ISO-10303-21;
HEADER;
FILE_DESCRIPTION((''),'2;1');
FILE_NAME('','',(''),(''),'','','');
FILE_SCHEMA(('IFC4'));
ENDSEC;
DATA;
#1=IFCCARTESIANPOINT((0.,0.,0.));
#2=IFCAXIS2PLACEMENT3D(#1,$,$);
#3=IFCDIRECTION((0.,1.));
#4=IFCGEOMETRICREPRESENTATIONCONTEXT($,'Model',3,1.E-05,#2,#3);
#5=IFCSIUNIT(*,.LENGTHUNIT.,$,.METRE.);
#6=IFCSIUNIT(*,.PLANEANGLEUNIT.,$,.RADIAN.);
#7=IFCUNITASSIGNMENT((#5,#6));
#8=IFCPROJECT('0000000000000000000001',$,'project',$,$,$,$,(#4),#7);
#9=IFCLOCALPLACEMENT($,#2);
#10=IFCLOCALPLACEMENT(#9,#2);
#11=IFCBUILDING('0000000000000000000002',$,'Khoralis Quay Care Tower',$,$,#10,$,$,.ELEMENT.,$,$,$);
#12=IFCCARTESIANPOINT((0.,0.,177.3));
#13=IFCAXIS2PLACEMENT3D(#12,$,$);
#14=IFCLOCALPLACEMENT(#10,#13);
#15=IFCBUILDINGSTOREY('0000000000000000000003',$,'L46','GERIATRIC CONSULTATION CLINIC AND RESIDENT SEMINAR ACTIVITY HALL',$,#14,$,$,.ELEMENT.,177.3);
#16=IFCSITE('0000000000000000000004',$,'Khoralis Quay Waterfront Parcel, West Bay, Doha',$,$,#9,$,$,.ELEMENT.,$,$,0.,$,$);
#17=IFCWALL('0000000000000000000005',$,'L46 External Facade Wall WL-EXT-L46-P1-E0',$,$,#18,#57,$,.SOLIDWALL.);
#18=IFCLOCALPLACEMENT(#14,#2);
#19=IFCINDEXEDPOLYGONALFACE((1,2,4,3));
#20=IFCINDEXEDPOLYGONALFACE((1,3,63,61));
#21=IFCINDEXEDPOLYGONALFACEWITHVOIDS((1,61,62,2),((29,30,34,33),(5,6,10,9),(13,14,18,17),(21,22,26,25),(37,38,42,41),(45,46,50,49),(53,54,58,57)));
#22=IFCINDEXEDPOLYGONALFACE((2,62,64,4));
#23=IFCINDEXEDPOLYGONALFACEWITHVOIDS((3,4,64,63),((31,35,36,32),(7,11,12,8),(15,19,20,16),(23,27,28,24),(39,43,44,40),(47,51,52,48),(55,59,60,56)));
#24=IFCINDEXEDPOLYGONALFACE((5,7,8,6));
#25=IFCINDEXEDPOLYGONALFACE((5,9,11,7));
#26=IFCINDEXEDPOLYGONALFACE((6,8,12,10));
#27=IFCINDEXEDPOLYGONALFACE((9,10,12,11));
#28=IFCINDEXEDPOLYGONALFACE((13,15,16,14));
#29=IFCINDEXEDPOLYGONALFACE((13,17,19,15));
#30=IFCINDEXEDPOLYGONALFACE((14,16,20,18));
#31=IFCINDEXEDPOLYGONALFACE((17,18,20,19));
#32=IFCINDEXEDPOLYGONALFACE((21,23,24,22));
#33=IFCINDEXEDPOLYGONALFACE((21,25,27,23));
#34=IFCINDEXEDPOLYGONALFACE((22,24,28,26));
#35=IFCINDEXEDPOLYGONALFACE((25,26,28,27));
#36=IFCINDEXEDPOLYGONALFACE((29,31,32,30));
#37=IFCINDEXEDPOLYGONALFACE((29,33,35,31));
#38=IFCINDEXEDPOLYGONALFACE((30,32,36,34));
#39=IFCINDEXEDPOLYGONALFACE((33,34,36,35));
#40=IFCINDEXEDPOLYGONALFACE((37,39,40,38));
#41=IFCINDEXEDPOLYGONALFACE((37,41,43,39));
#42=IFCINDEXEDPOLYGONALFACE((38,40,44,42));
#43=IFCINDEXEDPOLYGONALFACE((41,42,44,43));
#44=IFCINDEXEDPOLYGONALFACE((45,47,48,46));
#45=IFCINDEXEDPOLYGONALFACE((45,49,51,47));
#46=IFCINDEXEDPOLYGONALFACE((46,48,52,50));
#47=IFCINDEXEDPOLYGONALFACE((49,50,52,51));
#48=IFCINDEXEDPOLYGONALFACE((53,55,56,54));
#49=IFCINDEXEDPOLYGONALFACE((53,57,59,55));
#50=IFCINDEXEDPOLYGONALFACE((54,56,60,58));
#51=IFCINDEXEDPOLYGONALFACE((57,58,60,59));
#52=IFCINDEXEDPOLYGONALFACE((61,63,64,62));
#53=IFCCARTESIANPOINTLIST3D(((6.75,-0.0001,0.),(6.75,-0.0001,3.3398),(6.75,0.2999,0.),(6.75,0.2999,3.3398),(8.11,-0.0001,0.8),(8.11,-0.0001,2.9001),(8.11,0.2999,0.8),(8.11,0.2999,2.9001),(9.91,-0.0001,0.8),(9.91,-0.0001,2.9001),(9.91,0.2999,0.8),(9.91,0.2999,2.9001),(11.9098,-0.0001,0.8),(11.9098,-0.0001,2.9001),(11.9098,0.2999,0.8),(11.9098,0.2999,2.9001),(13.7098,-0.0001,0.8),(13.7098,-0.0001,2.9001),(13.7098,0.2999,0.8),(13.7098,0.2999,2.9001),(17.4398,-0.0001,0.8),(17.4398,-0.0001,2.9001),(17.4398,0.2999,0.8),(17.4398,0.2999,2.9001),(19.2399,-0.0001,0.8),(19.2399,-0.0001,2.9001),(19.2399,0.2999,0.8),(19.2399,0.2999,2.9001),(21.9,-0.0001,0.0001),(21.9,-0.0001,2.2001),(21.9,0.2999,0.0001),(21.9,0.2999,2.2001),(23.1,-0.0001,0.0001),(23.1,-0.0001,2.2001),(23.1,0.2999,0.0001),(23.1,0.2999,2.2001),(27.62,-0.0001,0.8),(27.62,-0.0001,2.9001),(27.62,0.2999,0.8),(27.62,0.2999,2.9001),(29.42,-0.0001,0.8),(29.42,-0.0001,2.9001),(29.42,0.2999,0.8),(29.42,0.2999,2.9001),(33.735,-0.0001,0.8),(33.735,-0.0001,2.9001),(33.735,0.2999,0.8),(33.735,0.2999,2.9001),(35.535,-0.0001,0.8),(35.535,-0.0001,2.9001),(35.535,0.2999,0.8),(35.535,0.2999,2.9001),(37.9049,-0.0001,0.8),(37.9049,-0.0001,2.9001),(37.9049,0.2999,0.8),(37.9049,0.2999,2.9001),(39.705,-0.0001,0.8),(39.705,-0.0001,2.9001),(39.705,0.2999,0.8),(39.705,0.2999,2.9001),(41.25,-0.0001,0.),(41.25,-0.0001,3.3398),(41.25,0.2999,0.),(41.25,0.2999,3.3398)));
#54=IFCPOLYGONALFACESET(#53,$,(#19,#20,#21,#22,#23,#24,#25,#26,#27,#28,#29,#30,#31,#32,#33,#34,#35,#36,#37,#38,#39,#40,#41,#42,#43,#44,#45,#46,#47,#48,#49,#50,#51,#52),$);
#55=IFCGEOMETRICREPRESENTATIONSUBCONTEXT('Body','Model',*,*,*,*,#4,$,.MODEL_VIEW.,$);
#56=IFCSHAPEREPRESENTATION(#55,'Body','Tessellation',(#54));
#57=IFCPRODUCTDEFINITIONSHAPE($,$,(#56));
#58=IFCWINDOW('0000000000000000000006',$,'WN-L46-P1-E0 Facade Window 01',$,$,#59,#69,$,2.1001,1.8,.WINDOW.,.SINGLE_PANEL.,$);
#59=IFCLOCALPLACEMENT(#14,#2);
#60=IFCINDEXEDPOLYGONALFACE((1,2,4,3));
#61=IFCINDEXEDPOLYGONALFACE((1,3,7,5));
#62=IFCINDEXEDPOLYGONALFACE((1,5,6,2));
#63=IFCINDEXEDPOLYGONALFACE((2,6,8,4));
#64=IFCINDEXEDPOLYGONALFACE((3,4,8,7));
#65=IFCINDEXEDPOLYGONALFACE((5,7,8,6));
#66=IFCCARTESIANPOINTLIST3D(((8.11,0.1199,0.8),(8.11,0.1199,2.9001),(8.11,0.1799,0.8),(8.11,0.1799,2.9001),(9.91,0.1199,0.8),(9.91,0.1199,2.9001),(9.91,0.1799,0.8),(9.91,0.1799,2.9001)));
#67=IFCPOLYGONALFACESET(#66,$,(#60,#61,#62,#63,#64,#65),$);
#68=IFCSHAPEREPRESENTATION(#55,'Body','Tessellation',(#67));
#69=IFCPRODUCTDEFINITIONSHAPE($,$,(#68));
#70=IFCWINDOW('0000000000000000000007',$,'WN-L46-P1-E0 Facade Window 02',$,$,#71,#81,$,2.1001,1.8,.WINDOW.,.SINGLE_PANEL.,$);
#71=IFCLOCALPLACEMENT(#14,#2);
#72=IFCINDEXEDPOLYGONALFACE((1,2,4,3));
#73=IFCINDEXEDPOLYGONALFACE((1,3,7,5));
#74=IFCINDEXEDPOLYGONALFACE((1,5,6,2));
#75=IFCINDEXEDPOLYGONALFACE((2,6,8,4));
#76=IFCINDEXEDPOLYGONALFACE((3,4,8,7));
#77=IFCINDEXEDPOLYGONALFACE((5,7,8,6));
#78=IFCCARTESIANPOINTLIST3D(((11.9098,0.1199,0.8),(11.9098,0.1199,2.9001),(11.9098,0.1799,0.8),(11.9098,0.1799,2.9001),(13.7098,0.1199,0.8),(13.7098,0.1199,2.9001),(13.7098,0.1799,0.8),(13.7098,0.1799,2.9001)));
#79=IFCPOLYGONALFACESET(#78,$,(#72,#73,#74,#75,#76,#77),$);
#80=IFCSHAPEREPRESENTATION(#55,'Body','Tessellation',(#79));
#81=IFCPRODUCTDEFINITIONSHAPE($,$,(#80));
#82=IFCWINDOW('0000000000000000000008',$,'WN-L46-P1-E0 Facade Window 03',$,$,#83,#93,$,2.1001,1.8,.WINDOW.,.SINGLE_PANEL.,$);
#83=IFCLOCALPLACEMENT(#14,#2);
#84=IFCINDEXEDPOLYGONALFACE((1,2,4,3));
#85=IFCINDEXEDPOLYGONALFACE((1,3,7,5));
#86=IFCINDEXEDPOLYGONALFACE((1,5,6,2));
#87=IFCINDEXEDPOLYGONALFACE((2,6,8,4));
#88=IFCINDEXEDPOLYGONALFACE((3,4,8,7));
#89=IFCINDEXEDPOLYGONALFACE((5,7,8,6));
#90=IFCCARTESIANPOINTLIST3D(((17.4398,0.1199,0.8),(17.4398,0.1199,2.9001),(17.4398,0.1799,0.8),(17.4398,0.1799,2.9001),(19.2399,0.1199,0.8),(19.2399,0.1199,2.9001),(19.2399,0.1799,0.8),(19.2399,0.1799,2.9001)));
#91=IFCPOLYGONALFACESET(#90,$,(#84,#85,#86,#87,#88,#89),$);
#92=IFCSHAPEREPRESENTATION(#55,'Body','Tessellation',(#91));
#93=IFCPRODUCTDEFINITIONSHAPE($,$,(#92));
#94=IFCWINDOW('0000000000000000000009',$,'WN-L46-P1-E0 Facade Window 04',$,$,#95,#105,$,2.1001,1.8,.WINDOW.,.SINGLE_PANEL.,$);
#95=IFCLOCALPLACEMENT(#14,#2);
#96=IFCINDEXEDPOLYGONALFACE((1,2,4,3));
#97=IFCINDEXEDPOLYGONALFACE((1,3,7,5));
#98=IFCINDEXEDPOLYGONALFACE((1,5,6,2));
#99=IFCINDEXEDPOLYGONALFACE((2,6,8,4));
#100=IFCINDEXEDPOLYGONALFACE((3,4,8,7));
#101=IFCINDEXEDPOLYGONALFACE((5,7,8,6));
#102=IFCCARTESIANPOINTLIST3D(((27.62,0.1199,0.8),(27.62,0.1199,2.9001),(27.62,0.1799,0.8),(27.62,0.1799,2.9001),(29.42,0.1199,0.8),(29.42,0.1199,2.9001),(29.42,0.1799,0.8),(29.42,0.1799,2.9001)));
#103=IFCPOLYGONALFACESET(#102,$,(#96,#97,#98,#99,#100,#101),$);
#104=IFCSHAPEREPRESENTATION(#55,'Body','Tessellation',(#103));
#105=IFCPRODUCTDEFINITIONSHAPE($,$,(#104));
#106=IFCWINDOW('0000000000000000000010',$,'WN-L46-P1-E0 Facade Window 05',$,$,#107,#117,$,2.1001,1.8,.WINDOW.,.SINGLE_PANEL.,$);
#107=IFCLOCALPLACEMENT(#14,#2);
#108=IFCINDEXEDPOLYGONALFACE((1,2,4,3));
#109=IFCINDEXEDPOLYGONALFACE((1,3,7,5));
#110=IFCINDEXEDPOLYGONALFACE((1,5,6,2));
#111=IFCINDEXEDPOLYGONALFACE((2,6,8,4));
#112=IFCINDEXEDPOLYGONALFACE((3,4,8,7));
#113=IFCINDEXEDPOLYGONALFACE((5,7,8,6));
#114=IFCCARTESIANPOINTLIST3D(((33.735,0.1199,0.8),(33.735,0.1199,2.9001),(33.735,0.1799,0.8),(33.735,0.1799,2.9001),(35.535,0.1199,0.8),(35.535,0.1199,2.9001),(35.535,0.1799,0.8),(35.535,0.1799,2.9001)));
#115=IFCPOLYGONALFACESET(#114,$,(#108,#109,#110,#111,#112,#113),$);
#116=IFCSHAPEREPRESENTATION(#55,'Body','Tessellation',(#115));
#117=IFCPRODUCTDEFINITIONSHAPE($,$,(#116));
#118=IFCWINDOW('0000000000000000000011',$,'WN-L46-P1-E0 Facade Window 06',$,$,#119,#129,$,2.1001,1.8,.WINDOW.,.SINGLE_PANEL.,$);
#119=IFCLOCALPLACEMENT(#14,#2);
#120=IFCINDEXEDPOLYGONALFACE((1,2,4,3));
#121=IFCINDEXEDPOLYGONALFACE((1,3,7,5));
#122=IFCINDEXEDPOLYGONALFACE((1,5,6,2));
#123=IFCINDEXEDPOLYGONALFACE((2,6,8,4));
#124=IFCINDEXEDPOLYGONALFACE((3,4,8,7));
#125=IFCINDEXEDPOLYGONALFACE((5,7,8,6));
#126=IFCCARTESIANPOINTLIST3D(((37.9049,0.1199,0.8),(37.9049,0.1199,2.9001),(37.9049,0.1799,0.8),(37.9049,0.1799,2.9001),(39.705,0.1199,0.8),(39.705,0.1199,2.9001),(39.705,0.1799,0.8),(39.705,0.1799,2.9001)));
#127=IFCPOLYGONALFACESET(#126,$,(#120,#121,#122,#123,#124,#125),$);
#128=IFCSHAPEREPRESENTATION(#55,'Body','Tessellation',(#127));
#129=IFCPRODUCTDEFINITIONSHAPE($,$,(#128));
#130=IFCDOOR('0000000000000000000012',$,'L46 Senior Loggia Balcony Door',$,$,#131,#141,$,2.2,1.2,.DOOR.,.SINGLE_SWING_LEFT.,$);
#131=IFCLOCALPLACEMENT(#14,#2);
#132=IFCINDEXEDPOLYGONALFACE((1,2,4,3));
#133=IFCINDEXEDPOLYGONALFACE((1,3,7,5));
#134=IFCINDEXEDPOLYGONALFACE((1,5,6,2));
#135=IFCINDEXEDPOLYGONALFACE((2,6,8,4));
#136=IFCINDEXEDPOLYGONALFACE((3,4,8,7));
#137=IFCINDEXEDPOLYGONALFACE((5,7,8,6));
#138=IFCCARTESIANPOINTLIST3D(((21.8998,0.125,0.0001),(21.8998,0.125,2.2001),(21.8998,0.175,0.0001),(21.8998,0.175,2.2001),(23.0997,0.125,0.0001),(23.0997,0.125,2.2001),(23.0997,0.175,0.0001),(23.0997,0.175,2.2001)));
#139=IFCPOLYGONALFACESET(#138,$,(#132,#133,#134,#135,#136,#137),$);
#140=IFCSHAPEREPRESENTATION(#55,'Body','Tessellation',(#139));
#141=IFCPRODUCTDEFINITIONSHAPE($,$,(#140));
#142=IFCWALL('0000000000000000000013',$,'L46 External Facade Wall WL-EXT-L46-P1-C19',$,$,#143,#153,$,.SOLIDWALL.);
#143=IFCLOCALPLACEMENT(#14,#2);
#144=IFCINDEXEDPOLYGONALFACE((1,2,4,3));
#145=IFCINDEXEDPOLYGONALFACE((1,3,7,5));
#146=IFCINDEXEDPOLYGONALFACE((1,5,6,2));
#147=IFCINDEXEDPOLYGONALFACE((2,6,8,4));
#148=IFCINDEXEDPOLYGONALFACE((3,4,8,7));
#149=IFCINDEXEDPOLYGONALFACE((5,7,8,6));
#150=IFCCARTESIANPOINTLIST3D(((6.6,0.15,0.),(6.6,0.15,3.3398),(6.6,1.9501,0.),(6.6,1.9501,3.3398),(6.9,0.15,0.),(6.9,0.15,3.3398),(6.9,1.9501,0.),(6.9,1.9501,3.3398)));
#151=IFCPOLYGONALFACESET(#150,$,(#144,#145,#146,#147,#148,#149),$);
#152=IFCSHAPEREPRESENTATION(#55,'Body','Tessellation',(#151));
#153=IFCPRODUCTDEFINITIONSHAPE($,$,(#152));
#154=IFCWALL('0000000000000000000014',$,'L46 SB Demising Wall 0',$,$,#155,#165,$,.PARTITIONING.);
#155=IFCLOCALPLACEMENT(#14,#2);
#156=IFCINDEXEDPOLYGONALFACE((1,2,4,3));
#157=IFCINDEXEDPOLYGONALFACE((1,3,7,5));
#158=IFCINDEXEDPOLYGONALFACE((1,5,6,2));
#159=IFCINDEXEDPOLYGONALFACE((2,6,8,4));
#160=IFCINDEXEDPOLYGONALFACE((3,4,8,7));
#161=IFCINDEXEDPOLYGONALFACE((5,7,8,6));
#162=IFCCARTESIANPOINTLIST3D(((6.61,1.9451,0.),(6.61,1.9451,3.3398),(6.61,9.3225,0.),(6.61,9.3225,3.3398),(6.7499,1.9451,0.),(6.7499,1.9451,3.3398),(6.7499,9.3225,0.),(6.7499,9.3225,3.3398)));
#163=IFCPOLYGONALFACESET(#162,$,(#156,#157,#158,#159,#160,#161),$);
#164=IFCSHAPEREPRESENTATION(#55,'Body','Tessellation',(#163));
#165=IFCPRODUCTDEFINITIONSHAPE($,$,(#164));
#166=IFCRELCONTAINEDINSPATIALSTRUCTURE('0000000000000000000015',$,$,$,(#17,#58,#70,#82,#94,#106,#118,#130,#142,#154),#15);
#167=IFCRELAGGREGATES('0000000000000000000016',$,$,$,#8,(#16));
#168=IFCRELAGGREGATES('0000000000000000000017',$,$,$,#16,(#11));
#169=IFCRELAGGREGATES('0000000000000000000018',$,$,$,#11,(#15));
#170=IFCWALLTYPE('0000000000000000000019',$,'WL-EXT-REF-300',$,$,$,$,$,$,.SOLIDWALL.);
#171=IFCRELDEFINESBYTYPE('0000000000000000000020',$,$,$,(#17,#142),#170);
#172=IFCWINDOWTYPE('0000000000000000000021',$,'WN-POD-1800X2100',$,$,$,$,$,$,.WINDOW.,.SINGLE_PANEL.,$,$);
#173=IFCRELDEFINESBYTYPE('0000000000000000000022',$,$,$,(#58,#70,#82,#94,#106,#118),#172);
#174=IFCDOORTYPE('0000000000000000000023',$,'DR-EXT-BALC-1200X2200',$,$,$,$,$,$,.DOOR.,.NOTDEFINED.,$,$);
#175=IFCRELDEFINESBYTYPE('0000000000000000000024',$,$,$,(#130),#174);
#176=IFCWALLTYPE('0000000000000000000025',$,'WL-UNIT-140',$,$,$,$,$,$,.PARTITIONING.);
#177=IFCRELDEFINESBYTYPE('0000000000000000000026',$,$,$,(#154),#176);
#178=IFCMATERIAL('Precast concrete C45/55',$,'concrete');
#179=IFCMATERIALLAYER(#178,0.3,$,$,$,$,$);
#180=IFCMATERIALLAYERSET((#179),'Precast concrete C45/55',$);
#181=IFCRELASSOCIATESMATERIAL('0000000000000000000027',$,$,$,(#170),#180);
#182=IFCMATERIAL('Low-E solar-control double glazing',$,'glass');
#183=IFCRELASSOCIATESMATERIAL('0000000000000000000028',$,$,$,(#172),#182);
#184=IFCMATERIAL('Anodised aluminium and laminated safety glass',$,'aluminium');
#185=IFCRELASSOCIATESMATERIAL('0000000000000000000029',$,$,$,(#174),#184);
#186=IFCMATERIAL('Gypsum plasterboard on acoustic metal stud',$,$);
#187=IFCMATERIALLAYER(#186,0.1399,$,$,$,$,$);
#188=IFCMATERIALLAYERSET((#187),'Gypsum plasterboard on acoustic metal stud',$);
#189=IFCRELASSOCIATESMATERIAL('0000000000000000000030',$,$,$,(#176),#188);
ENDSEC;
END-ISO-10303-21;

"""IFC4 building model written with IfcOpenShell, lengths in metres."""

from ifc_helpers import new_model, si_unit, direction, frame, frame_2d, origin, place, context, subcontext, project, spatial, rectangle, extrude, source, transform, mapped, material, layer, layer_set, type_object, element, fill, save


model = new_model("IFC4")

# Units and contexts
model_context = context("Model", 3, precision=1e-05, world=origin(), true_north=direction((0.0, 1.0)))
body_context = subcontext(model_context, "Body", "Model", "MODEL_VIEW")
ifc_project = project(units=[si_unit("LENGTHUNIT", "METRE"), si_unit("PLANEANGLEUNIT", "RADIAN")], contexts=[model_context])

# Site, building, storey
site_placement = place(None, origin())
site = spatial("IfcSite", under=ifc_project, at=site_placement, Name="Khoralis Quay Waterfront Parcel, West Bay, Doha", CompositionType="ELEMENT", RefElevation=0.0)
building_placement = place(site_placement, origin())
building = spatial("IfcBuilding", under=site, at=building_placement, Name="Khoralis Quay Care Tower", CompositionType="ELEMENT")
storey_placement = place(building_placement, frame((0.0, 0.0, 177.3)))
storey = spatial("IfcBuildingStorey", under=building, at=storey_placement, Name="L46", Description="GERIATRIC CONSULTATION CLINIC AND RESIDENT SEMINAR ACTIVITY HALL", CompositionType="ELEMENT", Elevation=177.3)

# Shared definitions
ifc_material_1 = material(Name="Gypsum plasterboard on acoustic metal stud")

# Wall, openings, windows, door
ifc_material_2 = material(Name="Precast concrete C45/55", Category="concrete")
ifc_layer_1 = layer(ifc_material_2, 0.3)
ifc_layer_set_1 = layer_set([ifc_layer_1], Name="Precast concrete C45/55")
wall_type_1 = type_object("IfcWallType", Name="WL-EXT-REF-300", PredefinedType="SOLIDWALL", material=ifc_layer_set_1)
wall_1_placement = place(storey_placement, frame((6.75, 0.1499, 0.0), z_axis=(0.0, 0.0, 1.0), x_axis=(1.0, 0.0, 0.0)))
wall_1 = element("IfcWall", 1, at=wall_1_placement, inside=storey, type_object=wall_type_1, Name="L46 External Facade Wall WL-EXT-L46-P1-E0", PredefinedType="SOLIDWALL", context=body_context, shape_type="SweptSolid", body=[
    extrude(rectangle(XDim=34.5, YDim=0.3, at=frame_2d((17.25, 0.0))), origin(), (0.0, 0.0, 1.0), 3.3398),
])
opening_1_placement = place(wall_1_placement, frame((1.3601, 0.0, 0.8)))
opening_1 = element("IfcOpeningElement", 2, at=opening_1_placement, cuts=wall_1, PredefinedType="OPENING", context=body_context, shape_type="SweptSolid", body=[
    extrude(rectangle(XDim=1.8, YDim=2.1001, at=frame_2d((0.8999, 1.05))), frame((0.0, 0.1602, 0.0), z_axis=(0.0, -1.0, 0.0), x_axis=(1.0, 0.0, 0.0)), (0.0, 0.0, 1.0), 0.3201),
])
opening_2_placement = place(wall_1_placement, frame((5.1599, 0.0, 0.8)))
opening_2 = element("IfcOpeningElement", 3, at=opening_2_placement, cuts=wall_1, PredefinedType="OPENING", context=body_context, shape_type="SweptSolid", body=[
    extrude(rectangle(XDim=1.8, YDim=2.1001, at=frame_2d((0.8999, 1.05))), frame((0.0, 0.1602, 0.0), z_axis=(0.0, -1.0, 0.0), x_axis=(1.0, 0.0, 0.0)), (0.0, 0.0, 1.0), 0.3201),
])
opening_3_placement = place(wall_1_placement, frame((10.6899, 0.0, 0.8)))
opening_3 = element("IfcOpeningElement", 4, at=opening_3_placement, cuts=wall_1, PredefinedType="OPENING", context=body_context, shape_type="SweptSolid", body=[
    extrude(rectangle(XDim=1.8, YDim=2.1001, at=frame_2d((0.8999, 1.05))), frame((0.0, 0.1602, 0.0), z_axis=(0.0, -1.0, 0.0), x_axis=(1.0, 0.0, 0.0)), (0.0, 0.0, 1.0), 0.3201),
])
opening_4_placement = place(wall_1_placement, frame((20.8701, 0.0, 0.8)))
opening_4 = element("IfcOpeningElement", 5, at=opening_4_placement, cuts=wall_1, PredefinedType="OPENING", context=body_context, shape_type="SweptSolid", body=[
    extrude(rectangle(XDim=1.8, YDim=2.1001, at=frame_2d((0.8999, 1.05))), frame((0.0, 0.1602, 0.0), z_axis=(0.0, -1.0, 0.0), x_axis=(1.0, 0.0, 0.0)), (0.0, 0.0, 1.0), 0.3201),
])
opening_5_placement = place(wall_1_placement, frame((26.9851, 0.0, 0.8)))
opening_5 = element("IfcOpeningElement", 6, at=opening_5_placement, cuts=wall_1, PredefinedType="OPENING", context=body_context, shape_type="SweptSolid", body=[
    extrude(rectangle(XDim=1.8, YDim=2.1001, at=frame_2d((0.8999, 1.05))), frame((0.0, 0.1602, 0.0), z_axis=(0.0, -1.0, 0.0), x_axis=(1.0, 0.0, 0.0)), (0.0, 0.0, 1.0), 0.3201),
])
opening_6_placement = place(wall_1_placement, frame((31.155, 0.0, 0.8)))
opening_6 = element("IfcOpeningElement", 7, at=opening_6_placement, cuts=wall_1, PredefinedType="OPENING", context=body_context, shape_type="SweptSolid", body=[
    extrude(rectangle(XDim=1.8, YDim=2.1001, at=frame_2d((0.8999, 1.05))), frame((0.0, 0.1602, 0.0), z_axis=(0.0, -1.0, 0.0), x_axis=(1.0, 0.0, 0.0)), (0.0, 0.0, 1.0), 0.3201),
])
opening_7_placement = place(wall_1_placement, frame((15.1499, 0.0, 0.0)))
opening_7 = element("IfcOpeningElement", 8, at=opening_7_placement, cuts=wall_1, PredefinedType="OPENING", context=body_context, shape_type="SweptSolid", body=[
    extrude(rectangle(XDim=1.2, YDim=2.2, at=frame_2d((0.6001, 1.1001))), frame((0.0, 0.1602, 0.0), z_axis=(0.0, -1.0, 0.0), x_axis=(1.0, 0.0, 0.0)), (0.0, 0.0, 1.0), 0.3201),
])
ifc_material_3 = material(Name="Low-E solar-control double glazing", Category="glass")
window_type = type_object("IfcWindowType", Name="WN-POD-1800X2100", PartitioningType="SINGLE_PANEL", PredefinedType="WINDOW", material=ifc_material_3)
shared_shape_1 = source(origin(), body_context, "Body", "SweptSolid", [
    extrude(rectangle(XDim=1.8, YDim=2.1001, at=frame_2d((0.8999, 1.05))), frame((0.0, 0.03, 0.0), z_axis=(0.0, -1.0, 0.0), x_axis=(1.0, 0.0, 0.0)), (0.0, 0.0, 1.0), 0.0601),
])
window_1_placement = place(opening_1_placement, origin())
window_1 = element("IfcWindow", 9, at=window_1_placement, inside=storey, type_object=window_type, Name="WN-L46-P1-E0 Facade Window 01", OverallHeight=2.1001, OverallWidth=1.8, PartitioningType="SINGLE_PANEL", PredefinedType="WINDOW", context=body_context, shape_type="MappedRepresentation", body=[
    mapped(shared_shape_1, transform((0.0, 0.0, 0.0), scale=1.0)),
])
fill(opening_1, window_1)
window_2_placement = place(opening_2_placement, origin())
window_2 = element("IfcWindow", 10, at=window_2_placement, inside=storey, type_object=window_type, Name="WN-L46-P1-E0 Facade Window 02", OverallHeight=2.1001, OverallWidth=1.8, PartitioningType="SINGLE_PANEL", PredefinedType="WINDOW", context=body_context, shape_type="MappedRepresentation", body=[
    mapped(shared_shape_1, transform((0.0, 0.0, 0.0), scale=1.0)),
])
fill(opening_2, window_2)
window_3_placement = place(opening_3_placement, origin())
window_3 = element("IfcWindow", 11, at=window_3_placement, inside=storey, type_object=window_type, Name="WN-L46-P1-E0 Facade Window 03", OverallHeight=2.1001, OverallWidth=1.8, PartitioningType="SINGLE_PANEL", PredefinedType="WINDOW", context=body_context, shape_type="MappedRepresentation", body=[
    mapped(shared_shape_1, transform((0.0, 0.0, 0.0), scale=1.0)),
])
fill(opening_3, window_3)
window_4_placement = place(opening_4_placement, origin())
window_4 = element("IfcWindow", 12, at=window_4_placement, inside=storey, type_object=window_type, Name="WN-L46-P1-E0 Facade Window 04", OverallHeight=2.1001, OverallWidth=1.8, PartitioningType="SINGLE_PANEL", PredefinedType="WINDOW", context=body_context, shape_type="MappedRepresentation", body=[
    mapped(shared_shape_1, transform((0.0, 0.0, 0.0), scale=1.0)),
])
fill(opening_4, window_4)
window_5_placement = place(opening_5_placement, origin())
window_5 = element("IfcWindow", 13, at=window_5_placement, inside=storey, type_object=window_type, Name="WN-L46-P1-E0 Facade Window 05", OverallHeight=2.1001, OverallWidth=1.8, PartitioningType="SINGLE_PANEL", PredefinedType="WINDOW", context=body_context, shape_type="MappedRepresentation", body=[
    mapped(shared_shape_1, transform((0.0, 0.0, 0.0), scale=1.0)),
])
fill(opening_5, window_5)
window_6_placement = place(opening_6_placement, origin())
window_6 = element("IfcWindow", 14, at=window_6_placement, inside=storey, type_object=window_type, Name="WN-L46-P1-E0 Facade Window 06", OverallHeight=2.1001, OverallWidth=1.8, PartitioningType="SINGLE_PANEL", PredefinedType="WINDOW", context=body_context, shape_type="MappedRepresentation", body=[
    mapped(shared_shape_1, transform((0.0, 0.0, 0.0), scale=1.0)),
])
fill(opening_6, window_6)
ifc_material_4 = material(Name="Anodised aluminium and laminated safety glass", Category="aluminium")
door_type_1 = type_object("IfcDoorType", Name="DR-EXT-BALC-1200X2200", OperationType="NOTDEFINED", PredefinedType="DOOR", material=ifc_material_4)
shared_shape_2 = source(origin(), body_context, "Body", "SweptSolid", [
    extrude(rectangle(XDim=1.2, YDim=2.2, at=frame_2d((0.6001, 1.1001))), frame((0.0, 0.0249, 0.0), z_axis=(0.0, -1.0, 0.0), x_axis=(1.0, 0.0, 0.0)), (0.0, 0.0, 1.0), 0.05),
])
door_1_placement = place(opening_7_placement, frame((1.2, 0.0, 0.0), z_axis=(0.0, 0.0, 1.0), x_axis=(-1.0, 0.0, 0.0)))
door_1 = element("IfcDoor", 15, at=door_1_placement, inside=storey, type_object=door_type_1, Name="L46 Senior Loggia Balcony Door", OperationType="SINGLE_SWING_LEFT", OverallHeight=2.2, OverallWidth=1.2, PredefinedType="DOOR", context=body_context, shape_type="MappedRepresentation", body=[
    mapped(shared_shape_2, transform((0.0, 0.0, 0.0), scale=1.0)),
])
fill(opening_7, door_1)

# Walls
wall_2_placement = place(storey_placement, frame((6.75, 1.95, 0.0), z_axis=(0.0, 0.0, 1.0), x_axis=(0.0, -1.0, 0.0)))
element("IfcWall", 16, at=wall_2_placement, inside=storey, type_object=wall_type_1, Name="L46 External Facade Wall WL-EXT-L46-P1-C19", PredefinedType="SOLIDWALL", context=body_context, shape_type="SweptSolid", body=[
    extrude(rectangle(XDim=1.8, YDim=0.3, at=frame_2d((0.8999, 0.0))), origin(), (0.0, 0.0, 1.0), 3.3398),
])
ifc_layer_2 = layer(ifc_material_1, 0.1399)
ifc_layer_set_2 = layer_set([ifc_layer_2], Name="Gypsum plasterboard on acoustic metal stud")
wall_type_2 = type_object("IfcWallType", Name="WL-UNIT-140", PredefinedType="PARTITIONING", material=ifc_layer_set_2)
wall_3_placement = place(storey_placement, frame((6.6799, 1.9451, 0.0), z_axis=(0.0, 0.0, 1.0), x_axis=(0.0, 1.0, 0.0)))
element("IfcWall", 17, at=wall_3_placement, inside=storey, type_object=wall_type_2, Name="L46 SB Demising Wall 0", PredefinedType="PARTITIONING", context=body_context, shape_type="SweptSolid", body=[
    extrude(rectangle(XDim=7.3774, YDim=0.1399, at=frame_2d((3.6887, 0.0))), origin(), (0.0, 0.0, 1.0), 3.3398),
])

save(model, "model.ifc")
